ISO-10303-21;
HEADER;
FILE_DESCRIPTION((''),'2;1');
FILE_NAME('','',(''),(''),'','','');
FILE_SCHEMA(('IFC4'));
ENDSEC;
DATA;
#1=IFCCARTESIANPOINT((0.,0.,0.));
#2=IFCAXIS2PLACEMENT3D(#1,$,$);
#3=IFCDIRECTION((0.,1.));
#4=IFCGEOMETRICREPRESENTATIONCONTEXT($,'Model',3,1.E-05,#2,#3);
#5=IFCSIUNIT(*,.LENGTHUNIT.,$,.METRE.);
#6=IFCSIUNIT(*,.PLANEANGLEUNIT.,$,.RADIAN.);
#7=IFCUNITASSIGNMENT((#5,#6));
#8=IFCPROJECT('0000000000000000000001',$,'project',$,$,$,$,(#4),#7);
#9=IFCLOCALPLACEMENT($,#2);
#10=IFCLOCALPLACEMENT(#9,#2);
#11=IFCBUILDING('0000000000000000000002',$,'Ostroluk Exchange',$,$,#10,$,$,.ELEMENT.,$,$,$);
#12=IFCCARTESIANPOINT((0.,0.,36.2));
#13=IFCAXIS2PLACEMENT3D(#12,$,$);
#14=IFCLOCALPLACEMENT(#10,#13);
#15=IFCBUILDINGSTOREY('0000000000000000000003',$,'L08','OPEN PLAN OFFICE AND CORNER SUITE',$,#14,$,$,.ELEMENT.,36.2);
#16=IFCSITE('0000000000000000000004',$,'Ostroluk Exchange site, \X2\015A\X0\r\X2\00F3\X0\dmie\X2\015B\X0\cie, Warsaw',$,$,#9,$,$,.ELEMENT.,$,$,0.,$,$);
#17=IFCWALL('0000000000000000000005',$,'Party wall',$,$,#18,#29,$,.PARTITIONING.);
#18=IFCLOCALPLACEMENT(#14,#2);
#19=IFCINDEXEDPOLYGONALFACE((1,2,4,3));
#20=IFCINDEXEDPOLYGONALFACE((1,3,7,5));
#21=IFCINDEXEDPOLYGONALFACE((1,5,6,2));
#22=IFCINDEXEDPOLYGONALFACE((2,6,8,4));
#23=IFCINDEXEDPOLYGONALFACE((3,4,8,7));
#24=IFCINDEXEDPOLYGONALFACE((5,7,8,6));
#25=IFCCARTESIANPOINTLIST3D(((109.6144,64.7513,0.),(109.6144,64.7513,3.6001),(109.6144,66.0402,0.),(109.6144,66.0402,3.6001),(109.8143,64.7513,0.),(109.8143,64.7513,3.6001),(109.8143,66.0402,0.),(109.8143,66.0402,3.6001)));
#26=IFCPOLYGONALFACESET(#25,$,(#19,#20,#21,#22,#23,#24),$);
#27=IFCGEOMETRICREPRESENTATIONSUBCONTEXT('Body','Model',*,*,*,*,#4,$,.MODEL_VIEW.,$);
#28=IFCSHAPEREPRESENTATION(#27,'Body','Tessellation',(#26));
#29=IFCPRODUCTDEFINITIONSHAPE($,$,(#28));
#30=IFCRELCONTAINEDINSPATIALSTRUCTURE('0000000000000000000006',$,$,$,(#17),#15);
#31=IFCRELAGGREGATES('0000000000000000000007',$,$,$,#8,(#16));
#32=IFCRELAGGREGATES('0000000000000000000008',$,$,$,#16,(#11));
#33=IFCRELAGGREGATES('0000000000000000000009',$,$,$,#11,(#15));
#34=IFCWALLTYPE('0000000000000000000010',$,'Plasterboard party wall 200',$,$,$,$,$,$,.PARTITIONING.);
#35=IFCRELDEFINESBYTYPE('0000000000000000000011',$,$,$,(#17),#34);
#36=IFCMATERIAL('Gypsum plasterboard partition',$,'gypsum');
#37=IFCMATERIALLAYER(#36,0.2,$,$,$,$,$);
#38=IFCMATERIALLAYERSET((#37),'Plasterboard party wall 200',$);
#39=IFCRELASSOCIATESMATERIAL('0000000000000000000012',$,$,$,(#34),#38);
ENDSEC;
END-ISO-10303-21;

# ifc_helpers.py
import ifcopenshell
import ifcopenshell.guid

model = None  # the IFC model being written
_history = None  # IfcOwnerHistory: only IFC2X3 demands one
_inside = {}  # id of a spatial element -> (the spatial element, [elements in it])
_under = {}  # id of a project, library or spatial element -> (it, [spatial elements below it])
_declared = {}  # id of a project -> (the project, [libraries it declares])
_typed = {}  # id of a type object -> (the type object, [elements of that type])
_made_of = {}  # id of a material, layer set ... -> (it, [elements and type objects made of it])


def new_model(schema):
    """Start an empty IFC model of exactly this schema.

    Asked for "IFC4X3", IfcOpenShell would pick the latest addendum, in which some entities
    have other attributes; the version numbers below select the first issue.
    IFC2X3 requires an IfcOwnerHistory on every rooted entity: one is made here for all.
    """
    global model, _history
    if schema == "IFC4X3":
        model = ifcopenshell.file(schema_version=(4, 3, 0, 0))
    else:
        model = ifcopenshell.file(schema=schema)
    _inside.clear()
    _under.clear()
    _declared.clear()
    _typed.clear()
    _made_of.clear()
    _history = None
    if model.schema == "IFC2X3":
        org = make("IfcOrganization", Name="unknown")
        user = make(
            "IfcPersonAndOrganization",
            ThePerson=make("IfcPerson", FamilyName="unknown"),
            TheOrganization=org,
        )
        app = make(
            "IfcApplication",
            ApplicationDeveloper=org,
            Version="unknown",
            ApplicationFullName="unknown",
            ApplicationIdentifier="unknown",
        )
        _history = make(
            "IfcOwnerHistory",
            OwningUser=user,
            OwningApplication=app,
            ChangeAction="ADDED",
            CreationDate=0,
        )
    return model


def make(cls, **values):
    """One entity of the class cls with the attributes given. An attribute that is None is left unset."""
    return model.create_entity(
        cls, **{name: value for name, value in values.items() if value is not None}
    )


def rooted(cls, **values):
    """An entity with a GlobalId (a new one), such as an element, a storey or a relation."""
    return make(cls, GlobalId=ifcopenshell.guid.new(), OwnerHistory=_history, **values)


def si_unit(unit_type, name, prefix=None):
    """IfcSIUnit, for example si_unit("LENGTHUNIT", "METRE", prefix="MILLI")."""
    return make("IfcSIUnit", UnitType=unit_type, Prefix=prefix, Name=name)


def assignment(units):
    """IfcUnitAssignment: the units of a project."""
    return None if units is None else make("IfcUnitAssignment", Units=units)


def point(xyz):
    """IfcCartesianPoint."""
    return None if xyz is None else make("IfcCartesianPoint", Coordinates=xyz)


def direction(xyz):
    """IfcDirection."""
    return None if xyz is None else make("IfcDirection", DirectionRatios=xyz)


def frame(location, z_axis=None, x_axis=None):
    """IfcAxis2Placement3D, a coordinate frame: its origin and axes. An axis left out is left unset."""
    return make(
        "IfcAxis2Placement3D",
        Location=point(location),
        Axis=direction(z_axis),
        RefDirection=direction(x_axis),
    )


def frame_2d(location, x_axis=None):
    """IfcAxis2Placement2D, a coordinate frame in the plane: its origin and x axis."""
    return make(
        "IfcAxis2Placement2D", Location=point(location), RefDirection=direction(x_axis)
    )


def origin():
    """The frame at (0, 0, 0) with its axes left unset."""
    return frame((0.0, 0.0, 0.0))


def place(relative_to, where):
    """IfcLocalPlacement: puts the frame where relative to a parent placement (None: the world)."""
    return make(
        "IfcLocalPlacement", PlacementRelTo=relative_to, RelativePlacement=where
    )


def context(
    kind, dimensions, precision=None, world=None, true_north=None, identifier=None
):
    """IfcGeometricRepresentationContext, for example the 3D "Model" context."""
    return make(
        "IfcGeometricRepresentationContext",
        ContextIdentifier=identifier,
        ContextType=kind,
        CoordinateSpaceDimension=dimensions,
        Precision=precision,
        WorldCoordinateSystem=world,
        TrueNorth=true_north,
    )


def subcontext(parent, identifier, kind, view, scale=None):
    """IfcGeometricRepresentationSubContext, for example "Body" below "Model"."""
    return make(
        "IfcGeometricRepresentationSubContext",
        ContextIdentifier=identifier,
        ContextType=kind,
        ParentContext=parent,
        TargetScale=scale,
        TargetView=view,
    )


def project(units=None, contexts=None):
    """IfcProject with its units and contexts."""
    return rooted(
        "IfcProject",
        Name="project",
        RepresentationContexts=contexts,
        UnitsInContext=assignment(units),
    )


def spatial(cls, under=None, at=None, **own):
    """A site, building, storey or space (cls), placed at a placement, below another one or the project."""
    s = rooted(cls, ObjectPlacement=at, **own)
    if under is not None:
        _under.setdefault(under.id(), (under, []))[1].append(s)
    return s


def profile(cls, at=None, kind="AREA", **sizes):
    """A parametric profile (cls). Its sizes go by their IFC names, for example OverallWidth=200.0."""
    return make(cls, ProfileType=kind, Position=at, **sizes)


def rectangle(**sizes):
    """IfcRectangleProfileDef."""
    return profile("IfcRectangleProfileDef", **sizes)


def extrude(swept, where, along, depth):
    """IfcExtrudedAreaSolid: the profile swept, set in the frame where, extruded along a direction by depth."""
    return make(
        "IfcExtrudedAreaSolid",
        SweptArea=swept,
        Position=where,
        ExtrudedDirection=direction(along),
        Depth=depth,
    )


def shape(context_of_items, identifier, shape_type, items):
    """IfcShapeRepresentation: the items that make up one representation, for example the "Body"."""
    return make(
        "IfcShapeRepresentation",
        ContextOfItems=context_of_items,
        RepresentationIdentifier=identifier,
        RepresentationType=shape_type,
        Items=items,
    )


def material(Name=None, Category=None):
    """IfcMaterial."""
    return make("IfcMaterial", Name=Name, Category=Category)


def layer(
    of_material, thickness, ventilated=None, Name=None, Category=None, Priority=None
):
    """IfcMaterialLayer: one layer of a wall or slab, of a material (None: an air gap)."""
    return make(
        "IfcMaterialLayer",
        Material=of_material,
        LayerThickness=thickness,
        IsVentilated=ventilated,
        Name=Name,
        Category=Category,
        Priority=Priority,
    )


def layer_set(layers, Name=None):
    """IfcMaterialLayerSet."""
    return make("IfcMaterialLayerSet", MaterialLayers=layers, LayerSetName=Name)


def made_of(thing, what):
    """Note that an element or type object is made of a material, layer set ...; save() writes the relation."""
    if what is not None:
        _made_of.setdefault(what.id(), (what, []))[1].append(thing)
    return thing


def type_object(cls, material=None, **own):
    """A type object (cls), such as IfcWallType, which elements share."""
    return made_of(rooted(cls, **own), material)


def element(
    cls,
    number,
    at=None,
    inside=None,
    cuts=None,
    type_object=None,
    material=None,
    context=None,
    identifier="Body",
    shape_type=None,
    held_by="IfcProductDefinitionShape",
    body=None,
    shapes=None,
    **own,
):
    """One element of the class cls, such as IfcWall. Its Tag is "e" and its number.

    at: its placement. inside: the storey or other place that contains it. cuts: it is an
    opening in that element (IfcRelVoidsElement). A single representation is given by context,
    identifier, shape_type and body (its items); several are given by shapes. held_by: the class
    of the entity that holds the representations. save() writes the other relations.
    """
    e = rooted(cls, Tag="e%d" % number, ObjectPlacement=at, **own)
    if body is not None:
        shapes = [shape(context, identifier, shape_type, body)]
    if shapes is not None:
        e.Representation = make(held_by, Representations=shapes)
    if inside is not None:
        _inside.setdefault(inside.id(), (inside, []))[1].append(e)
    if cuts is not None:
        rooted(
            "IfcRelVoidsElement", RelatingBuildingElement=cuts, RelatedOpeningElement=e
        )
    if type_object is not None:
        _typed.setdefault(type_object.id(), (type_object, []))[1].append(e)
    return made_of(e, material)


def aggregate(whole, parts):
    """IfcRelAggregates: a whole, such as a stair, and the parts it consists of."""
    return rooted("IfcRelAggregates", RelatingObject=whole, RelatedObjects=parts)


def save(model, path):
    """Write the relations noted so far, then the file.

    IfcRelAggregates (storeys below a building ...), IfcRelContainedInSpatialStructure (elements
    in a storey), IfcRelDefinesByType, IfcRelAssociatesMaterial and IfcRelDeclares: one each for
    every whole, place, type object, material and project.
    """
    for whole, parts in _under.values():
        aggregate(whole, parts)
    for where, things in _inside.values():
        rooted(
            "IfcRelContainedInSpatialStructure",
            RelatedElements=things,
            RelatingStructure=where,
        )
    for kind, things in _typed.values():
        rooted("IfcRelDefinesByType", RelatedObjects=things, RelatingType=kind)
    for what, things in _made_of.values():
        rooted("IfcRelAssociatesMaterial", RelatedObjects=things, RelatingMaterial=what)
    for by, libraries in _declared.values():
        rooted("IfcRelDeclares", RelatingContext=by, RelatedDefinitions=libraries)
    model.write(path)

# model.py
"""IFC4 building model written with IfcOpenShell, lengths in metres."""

from ifc_helpers import new_model, si_unit, direction, frame, frame_2d, origin, place, context, subcontext, project, spatial, rectangle, extrude, material, layer, layer_set, type_object, element, save


model = new_model("IFC4")

# Units and contexts
model_context = context("Model", 3, precision=1e-05, world=origin(), true_north=direction((0.0, 1.0)))
body_context = subcontext(model_context, "Body", "Model", "MODEL_VIEW")
ifc_project = project(units=[si_unit("LENGTHUNIT", "METRE"), si_unit("PLANEANGLEUNIT", "RADIAN")], contexts=[model_context])

# Site, building, storey
site_placement = place(None, origin())
site = spatial("IfcSite", under=ifc_project, at=site_placement, Name="Ostroluk Exchange site, Śródmieście, Warsaw", CompositionType="ELEMENT", RefElevation=0.0)
building_placement = place(site_placement, origin())
building = spatial("IfcBuilding", under=site, at=building_placement, Name="Ostroluk Exchange", CompositionType="ELEMENT")
storey_placement = place(building_placement, frame((0.0, 0.0, 36.2)))
storey = spatial("IfcBuildingStorey", under=building, at=storey_placement, Name="L08", Description="OPEN PLAN OFFICE AND CORNER SUITE", CompositionType="ELEMENT", Elevation=36.2)

# Wall
ifc_material_1 = material(Name="Gypsum plasterboard partition", Category="gypsum")
ifc_layer_1 = layer(ifc_material_1, 0.2)
ifc_layer_set_1 = layer_set([ifc_layer_1], Name="Plasterboard party wall 200")
wall_type_1 = type_object("IfcWallType", Name="Plasterboard party wall 200", PredefinedType="PARTITIONING", material=ifc_layer_set_1)
wall_1_placement = place(storey_placement, frame((109.7144, 64.7512, 0.0), z_axis=(0.0, 0.0, 1.0), x_axis=(0.0, 1.0, 0.0)))
element("IfcWall", 1, at=wall_1_placement, inside=storey, type_object=wall_type_1, Name="Party wall", PredefinedType="PARTITIONING", context=body_context, shape_type="SweptSolid", body=[
    extrude(rectangle(XDim=1.2888, YDim=0.2, at=frame_2d((0.6445, 0.0))), origin(), (0.0, 0.0, 1.0), 3.6001),
])

save(model, "model.ifc")
